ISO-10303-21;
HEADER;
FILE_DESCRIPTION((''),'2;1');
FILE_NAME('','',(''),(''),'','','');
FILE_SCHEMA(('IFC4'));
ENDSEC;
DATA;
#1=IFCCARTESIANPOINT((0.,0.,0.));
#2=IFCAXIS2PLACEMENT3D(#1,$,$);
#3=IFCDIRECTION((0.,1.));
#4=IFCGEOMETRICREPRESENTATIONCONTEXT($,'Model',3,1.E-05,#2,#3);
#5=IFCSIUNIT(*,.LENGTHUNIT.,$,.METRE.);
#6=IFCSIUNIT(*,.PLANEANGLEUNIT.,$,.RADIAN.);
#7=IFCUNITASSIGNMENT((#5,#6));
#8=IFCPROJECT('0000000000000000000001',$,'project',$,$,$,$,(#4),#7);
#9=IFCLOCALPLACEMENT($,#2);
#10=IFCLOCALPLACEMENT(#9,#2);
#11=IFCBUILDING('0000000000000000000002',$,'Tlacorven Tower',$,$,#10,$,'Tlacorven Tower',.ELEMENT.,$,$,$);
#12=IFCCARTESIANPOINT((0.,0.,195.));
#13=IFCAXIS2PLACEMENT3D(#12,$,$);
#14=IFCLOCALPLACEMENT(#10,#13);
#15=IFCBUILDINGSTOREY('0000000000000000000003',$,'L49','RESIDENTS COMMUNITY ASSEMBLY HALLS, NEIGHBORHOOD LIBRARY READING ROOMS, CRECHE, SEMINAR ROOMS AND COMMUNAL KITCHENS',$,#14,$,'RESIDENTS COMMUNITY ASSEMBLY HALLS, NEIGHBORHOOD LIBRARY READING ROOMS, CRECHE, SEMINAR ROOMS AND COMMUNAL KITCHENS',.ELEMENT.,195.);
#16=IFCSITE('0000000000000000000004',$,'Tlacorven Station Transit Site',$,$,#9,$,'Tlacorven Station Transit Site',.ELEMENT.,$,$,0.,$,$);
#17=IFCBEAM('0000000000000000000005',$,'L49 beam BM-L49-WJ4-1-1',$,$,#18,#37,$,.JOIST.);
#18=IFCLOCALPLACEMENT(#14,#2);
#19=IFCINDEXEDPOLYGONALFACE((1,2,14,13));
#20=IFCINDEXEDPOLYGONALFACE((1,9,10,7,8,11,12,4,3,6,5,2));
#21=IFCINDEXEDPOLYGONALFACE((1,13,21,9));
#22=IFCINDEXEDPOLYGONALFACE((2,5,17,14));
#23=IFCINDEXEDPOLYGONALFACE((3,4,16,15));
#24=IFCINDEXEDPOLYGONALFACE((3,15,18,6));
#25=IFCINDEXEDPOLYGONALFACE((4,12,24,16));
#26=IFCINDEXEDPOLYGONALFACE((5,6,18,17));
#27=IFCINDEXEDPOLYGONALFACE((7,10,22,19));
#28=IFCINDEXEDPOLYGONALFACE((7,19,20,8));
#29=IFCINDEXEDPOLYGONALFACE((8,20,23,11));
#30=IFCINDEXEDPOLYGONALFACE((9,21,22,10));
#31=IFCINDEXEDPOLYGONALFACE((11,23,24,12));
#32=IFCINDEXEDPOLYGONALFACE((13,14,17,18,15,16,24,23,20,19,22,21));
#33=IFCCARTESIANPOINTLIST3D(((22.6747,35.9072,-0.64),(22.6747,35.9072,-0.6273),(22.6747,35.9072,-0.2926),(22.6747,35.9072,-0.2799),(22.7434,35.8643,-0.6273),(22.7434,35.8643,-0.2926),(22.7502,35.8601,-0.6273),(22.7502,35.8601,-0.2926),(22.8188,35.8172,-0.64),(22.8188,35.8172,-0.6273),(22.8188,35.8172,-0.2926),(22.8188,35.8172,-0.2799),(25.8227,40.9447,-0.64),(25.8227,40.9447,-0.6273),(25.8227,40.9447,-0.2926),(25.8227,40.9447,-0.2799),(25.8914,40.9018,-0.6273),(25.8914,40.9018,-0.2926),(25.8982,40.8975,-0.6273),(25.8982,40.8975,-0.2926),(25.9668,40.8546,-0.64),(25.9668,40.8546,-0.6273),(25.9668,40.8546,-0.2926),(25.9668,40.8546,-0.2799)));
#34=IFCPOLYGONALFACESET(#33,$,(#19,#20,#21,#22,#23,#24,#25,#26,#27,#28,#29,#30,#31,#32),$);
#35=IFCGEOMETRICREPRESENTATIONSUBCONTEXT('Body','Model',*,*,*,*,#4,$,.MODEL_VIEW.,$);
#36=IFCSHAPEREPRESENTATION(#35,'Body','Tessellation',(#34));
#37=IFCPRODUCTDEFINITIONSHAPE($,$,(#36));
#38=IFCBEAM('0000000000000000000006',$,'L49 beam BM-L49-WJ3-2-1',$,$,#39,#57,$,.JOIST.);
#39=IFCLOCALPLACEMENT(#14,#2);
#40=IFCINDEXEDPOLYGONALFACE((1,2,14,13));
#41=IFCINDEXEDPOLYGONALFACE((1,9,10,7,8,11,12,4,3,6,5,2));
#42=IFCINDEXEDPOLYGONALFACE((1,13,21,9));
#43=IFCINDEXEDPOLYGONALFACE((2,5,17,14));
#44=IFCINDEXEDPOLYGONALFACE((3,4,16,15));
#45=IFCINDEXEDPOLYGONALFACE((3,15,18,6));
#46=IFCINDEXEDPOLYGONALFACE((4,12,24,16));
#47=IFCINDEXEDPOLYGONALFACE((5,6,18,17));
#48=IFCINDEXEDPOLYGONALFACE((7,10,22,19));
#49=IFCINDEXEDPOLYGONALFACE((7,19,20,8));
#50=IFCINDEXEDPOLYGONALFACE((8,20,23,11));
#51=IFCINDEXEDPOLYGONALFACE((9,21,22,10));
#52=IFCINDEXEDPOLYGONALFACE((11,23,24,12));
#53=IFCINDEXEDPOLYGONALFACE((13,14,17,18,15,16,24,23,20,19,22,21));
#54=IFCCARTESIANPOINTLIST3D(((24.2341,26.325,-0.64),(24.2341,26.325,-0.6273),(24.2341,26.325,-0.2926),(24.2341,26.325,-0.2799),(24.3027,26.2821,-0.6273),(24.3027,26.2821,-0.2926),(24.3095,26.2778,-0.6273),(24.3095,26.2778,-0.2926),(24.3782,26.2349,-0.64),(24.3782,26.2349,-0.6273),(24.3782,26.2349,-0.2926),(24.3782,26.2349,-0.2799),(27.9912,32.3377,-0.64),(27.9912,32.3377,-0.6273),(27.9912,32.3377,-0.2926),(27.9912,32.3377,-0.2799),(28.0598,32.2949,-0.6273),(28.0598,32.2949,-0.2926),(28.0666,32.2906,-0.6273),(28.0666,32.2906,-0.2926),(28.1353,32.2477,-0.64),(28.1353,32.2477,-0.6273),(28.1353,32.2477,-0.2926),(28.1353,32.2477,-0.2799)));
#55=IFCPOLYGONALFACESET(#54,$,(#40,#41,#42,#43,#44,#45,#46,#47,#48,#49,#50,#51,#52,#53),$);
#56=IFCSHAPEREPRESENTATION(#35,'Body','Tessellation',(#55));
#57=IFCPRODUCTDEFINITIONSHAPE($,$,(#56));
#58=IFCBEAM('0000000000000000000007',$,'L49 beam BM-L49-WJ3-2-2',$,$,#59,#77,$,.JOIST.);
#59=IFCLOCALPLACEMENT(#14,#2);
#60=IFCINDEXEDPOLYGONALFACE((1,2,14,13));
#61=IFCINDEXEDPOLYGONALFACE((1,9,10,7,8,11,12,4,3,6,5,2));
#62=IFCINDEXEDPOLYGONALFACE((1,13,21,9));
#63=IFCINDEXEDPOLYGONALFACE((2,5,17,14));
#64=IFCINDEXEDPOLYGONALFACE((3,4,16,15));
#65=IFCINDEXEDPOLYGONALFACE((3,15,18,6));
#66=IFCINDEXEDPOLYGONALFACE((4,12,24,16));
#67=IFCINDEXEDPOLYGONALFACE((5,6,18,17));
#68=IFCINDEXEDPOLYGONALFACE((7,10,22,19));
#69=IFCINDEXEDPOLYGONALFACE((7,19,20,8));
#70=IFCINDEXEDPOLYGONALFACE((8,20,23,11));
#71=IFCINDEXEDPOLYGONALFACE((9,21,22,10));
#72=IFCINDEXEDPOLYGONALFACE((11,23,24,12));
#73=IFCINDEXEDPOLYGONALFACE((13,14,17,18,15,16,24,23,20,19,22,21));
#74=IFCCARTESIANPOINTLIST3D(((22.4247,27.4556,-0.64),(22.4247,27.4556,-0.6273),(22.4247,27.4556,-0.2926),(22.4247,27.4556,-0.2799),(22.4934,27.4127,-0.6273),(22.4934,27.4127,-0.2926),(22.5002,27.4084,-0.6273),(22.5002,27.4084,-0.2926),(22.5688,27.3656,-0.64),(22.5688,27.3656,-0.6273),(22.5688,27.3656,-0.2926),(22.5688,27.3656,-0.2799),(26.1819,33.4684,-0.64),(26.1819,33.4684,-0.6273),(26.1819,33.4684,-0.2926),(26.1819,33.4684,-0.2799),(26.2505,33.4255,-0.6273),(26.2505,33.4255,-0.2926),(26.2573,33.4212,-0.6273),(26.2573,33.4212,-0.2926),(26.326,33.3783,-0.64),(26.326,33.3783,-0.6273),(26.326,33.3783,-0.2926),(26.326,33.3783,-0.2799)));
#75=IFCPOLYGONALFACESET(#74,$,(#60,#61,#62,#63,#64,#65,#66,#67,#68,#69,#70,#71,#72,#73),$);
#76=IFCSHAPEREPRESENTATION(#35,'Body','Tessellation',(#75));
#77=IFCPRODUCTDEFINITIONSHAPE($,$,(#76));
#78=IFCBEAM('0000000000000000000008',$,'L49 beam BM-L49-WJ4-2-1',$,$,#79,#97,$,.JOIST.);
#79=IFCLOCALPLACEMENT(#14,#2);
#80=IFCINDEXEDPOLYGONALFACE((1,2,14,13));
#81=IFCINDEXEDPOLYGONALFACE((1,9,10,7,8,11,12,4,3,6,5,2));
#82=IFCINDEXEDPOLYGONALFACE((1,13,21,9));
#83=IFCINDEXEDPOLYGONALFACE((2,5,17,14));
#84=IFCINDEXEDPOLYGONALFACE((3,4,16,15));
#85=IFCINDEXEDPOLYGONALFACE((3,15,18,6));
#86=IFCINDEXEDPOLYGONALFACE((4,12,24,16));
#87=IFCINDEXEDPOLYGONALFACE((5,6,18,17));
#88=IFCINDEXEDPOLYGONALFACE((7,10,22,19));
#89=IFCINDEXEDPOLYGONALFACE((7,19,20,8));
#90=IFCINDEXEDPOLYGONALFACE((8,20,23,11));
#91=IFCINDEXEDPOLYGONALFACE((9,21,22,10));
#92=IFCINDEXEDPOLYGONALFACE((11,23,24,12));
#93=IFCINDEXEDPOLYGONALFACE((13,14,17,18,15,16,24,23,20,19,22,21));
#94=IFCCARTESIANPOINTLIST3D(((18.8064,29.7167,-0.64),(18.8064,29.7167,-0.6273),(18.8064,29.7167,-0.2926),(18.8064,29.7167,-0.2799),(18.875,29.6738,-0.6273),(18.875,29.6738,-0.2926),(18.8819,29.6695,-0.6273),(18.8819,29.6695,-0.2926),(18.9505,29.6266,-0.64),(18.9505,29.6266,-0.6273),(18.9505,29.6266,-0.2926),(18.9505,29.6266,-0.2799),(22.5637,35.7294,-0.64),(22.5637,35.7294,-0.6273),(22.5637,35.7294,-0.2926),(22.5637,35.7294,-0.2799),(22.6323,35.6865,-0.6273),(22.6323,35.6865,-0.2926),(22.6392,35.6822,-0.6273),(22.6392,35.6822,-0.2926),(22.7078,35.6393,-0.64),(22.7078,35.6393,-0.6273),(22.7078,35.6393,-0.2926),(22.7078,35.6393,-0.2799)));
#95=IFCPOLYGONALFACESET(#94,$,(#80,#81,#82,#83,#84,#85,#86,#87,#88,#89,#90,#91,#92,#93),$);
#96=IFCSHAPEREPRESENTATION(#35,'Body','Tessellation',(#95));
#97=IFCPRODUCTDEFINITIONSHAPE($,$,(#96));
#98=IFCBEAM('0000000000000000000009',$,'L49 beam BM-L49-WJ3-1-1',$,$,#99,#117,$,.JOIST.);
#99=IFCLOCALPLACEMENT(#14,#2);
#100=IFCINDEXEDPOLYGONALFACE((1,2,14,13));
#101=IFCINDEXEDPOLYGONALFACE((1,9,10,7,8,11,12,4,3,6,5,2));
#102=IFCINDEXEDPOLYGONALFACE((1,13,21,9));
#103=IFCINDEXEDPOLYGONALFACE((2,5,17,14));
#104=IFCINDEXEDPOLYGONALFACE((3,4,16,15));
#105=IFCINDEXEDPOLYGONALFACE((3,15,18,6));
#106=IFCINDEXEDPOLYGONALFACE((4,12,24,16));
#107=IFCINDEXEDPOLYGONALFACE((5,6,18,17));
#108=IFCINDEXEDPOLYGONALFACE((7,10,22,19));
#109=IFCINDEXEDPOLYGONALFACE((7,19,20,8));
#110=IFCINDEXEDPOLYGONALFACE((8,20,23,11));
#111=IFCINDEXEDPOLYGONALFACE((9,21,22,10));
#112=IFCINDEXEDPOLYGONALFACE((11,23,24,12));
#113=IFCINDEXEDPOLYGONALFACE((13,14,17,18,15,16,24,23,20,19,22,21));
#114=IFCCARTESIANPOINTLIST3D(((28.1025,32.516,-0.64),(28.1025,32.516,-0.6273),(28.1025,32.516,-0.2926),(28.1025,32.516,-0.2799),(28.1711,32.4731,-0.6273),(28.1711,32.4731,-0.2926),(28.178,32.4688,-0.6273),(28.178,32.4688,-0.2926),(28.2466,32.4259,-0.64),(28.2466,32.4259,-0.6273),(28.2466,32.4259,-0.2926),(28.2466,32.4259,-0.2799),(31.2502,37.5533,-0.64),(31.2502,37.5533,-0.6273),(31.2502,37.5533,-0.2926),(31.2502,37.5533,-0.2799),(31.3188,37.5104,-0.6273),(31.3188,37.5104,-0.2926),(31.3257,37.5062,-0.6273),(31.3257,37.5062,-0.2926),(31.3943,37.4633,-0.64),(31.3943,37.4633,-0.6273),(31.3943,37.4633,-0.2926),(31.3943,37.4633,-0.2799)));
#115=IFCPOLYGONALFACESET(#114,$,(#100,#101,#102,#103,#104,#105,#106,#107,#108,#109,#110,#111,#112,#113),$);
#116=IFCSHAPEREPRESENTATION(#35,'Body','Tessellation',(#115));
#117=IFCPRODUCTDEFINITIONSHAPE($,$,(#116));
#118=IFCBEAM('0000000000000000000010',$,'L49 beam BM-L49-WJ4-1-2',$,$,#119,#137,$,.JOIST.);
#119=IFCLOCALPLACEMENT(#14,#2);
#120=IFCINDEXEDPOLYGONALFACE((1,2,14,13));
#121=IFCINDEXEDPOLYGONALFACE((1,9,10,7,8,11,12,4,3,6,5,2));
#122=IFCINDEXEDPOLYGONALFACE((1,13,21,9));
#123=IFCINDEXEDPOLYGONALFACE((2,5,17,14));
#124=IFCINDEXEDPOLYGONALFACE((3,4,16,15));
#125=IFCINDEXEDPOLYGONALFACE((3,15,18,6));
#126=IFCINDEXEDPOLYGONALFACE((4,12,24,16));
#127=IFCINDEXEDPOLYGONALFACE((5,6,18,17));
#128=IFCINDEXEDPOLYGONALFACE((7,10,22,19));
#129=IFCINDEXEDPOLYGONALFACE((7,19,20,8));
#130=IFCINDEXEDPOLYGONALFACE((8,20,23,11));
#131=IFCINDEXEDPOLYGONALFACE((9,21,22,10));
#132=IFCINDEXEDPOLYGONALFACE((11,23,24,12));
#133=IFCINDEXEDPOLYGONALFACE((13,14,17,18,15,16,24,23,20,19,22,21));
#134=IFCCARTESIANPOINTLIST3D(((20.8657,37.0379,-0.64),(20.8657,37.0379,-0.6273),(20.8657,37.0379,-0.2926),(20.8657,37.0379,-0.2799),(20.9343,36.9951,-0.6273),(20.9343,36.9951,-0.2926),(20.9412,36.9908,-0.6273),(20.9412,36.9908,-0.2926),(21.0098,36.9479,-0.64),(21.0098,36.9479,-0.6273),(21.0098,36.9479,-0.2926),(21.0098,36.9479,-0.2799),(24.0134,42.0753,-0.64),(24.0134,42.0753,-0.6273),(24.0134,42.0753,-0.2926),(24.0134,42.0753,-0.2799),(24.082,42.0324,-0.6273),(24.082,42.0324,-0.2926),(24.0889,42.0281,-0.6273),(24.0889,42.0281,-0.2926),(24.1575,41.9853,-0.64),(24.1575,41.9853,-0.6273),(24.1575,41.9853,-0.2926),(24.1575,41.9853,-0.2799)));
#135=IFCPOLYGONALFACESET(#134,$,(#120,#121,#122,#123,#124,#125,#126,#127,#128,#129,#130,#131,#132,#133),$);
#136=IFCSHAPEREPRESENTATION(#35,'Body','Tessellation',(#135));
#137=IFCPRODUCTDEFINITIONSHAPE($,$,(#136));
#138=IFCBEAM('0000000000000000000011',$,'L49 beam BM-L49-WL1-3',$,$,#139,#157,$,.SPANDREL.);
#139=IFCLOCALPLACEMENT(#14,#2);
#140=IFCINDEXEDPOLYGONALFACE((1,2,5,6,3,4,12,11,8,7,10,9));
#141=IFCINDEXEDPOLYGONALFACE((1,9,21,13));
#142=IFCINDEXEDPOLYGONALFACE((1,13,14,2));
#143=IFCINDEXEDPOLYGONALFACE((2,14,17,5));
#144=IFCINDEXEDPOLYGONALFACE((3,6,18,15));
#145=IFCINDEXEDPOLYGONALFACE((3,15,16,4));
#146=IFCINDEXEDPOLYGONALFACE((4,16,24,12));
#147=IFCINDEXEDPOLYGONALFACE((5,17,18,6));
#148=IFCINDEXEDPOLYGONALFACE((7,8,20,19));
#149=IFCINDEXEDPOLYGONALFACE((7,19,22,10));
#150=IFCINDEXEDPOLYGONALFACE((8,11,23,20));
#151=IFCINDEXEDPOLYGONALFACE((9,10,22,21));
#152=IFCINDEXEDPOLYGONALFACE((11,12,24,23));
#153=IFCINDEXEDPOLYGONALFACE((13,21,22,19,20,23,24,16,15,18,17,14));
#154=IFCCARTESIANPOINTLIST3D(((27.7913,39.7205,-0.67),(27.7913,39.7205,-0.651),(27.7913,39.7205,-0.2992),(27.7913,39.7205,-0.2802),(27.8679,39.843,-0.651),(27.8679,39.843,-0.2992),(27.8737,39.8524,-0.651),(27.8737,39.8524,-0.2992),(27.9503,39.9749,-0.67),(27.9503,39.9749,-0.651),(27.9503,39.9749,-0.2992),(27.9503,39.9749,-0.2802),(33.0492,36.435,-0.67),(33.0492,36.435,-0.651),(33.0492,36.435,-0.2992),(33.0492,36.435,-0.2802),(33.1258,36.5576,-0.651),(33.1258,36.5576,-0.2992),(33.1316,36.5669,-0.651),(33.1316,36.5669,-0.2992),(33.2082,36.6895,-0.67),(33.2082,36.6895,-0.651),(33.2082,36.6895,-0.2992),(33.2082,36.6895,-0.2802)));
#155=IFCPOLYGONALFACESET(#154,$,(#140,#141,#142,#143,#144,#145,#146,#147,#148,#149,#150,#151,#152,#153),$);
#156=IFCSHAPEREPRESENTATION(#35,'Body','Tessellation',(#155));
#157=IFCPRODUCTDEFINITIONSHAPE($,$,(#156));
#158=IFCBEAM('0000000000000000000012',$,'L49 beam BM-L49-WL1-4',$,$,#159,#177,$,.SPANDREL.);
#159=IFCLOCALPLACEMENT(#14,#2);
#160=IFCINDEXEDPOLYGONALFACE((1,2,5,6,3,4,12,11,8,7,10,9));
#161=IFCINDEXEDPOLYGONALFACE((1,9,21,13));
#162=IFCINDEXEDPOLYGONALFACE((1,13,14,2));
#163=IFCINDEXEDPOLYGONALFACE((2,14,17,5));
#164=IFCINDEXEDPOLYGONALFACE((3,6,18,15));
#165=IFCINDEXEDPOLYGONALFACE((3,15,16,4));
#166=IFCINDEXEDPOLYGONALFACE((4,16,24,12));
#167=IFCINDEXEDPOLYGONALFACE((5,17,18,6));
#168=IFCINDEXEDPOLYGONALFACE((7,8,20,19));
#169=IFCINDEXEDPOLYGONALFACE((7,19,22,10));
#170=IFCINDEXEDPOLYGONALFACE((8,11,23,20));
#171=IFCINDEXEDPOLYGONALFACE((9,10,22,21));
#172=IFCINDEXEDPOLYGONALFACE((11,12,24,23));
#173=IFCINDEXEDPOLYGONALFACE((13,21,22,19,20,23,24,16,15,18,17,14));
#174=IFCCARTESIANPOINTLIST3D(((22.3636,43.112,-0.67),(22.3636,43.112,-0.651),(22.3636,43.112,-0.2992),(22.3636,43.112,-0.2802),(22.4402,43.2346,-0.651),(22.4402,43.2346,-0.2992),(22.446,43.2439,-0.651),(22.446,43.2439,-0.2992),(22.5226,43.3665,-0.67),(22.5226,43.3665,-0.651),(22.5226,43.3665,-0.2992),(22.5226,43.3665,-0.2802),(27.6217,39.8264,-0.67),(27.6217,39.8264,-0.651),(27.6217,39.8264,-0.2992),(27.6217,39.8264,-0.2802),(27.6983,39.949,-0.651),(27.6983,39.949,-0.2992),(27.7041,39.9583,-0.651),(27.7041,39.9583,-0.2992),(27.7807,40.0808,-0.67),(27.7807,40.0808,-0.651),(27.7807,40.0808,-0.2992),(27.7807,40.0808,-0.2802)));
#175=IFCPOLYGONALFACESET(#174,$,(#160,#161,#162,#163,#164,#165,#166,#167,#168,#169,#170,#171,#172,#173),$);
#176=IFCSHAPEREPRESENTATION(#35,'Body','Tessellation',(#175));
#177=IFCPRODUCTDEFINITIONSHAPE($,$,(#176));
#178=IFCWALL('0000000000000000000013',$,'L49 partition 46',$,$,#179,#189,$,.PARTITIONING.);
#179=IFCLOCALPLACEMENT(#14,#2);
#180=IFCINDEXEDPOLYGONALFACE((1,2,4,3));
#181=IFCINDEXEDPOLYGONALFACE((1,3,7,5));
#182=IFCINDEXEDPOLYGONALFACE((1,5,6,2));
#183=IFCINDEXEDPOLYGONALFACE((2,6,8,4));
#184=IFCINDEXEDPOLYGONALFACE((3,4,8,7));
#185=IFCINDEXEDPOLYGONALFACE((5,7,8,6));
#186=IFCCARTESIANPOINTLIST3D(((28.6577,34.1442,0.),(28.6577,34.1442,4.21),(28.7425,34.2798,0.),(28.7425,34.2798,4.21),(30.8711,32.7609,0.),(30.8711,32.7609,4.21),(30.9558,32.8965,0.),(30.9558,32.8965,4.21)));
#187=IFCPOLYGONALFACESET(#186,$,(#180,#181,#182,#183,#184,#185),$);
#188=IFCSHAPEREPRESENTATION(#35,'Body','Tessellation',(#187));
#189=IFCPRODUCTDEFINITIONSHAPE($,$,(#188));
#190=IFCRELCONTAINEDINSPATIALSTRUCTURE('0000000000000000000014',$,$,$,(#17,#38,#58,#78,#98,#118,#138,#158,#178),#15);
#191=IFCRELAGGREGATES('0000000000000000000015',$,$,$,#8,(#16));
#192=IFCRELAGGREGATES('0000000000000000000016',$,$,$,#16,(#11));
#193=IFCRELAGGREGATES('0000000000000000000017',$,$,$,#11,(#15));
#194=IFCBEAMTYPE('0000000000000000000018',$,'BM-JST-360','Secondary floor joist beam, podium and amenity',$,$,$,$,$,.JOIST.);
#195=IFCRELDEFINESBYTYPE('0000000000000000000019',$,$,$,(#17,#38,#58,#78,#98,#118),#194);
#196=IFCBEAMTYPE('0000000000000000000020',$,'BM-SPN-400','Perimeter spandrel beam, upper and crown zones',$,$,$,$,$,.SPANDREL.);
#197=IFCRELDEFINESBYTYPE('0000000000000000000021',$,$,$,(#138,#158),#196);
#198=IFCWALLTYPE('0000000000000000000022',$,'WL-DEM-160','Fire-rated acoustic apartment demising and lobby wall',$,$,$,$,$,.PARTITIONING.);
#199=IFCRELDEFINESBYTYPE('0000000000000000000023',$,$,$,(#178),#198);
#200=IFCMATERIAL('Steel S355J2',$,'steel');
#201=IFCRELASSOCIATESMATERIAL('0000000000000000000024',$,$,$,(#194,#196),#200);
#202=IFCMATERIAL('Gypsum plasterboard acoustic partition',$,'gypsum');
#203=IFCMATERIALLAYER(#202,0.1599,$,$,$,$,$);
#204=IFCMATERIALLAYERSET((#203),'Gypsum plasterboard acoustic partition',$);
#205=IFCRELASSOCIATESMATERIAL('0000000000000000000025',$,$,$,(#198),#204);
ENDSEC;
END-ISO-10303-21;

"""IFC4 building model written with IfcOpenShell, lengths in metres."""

from ifc_helpers import new_model, si_unit, direction, frame, frame_2d, origin, origin_2d, place, context, subcontext, project, spatial, rectangle, i_section, extrude, source, transform, mapped, material, layer, layer_set, material_profile, profile_set, type_object, element, save


model = new_model("IFC4")

# Units and contexts
model_context = context("Model", 3, precision=1e-05, world=origin(), true_north=direction((0.0, 1.0)))
body_context = subcontext(model_context, "Body", "Model", "MODEL_VIEW")
ifc_project = project(units=[si_unit("LENGTHUNIT", "METRE"), si_unit("PLANEANGLEUNIT", "RADIAN")], contexts=[model_context])

# Site, building, storey
site_placement = place(None, origin())
site = spatial("IfcSite", under=ifc_project, at=site_placement, Name="Tlacorven Station Transit Site", LongName="Tlacorven Station Transit Site", CompositionType="ELEMENT", RefElevation=0.0)
building_placement = place(site_placement, origin())
building = spatial("IfcBuilding", under=site, at=building_placement, Name="Tlacorven Tower", LongName="Tlacorven Tower", CompositionType="ELEMENT")
storey_placement = place(building_placement, frame((0.0, 0.0, 195.0)))
storey = spatial("IfcBuildingStorey", under=building, at=storey_placement, Name="L49", Description="RESIDENTS COMMUNITY ASSEMBLY HALLS, NEIGHBORHOOD LIBRARY READING ROOMS, CRECHE, SEMINAR ROOMS AND COMMUNAL KITCHENS", LongName="RESIDENTS COMMUNITY ASSEMBLY HALLS, NEIGHBORHOOD LIBRARY READING ROOMS, CRECHE, SEMINAR ROOMS AND COMMUNAL KITCHENS", CompositionType="ELEMENT", Elevation=195.0)

# Beams
ifc_material_1 = material(Name="Steel S355J2", Category="steel")
ifc_material_profile_1 = material_profile(ifc_material_1, i_section(OverallWidth=0.1699, OverallDepth=0.3601, WebThickness=0.0081, FlangeThickness=0.0127, at=origin_2d()), Name="IPE 360")
ifc_profile_set_1 = profile_set([ifc_material_profile_1], Name="Steel S355J2")
beam_type_1 = type_object("IfcBeamType", Name="BM-JST-360", Description="Secondary floor joist beam, podium and amenity", PredefinedType="JOIST", material=ifc_profile_set_1)
shared_shape_1 = source(origin(), body_context, "Body", "SweptSolid", [
    extrude(i_section(OverallWidth=0.1699, OverallDepth=0.3601, WebThickness=0.0081, FlangeThickness=0.0127, at=origin_2d()), origin(), (0.0, 0.0, 1.0), 5.9402),
])
for number, where, z_axis, x_axis, name in (
    (1, (25.8948, 40.8997, -0.46), (-0.529951, -0.848028, 0.0), (0.848028, -0.529951, 0.0), "L49 beam BM-L49-WJ4-1-1"),
):
    element("IfcBeam", number, at=place(storey_placement, frame(where, z_axis=z_axis, x_axis=x_axis)), inside=storey, type_object=beam_type_1, Name=name, PredefinedType="JOIST", context=body_context, shape_type="MappedRepresentation", body=[
        mapped(shared_shape_1, transform((0.0, 0.0, 0.0), scale=1.0)),
    ])
shared_shape_2 = source(origin(), body_context, "Body", "SweptSolid", [
    extrude(i_section(OverallWidth=0.1699, OverallDepth=0.3601, WebThickness=0.0081, FlangeThickness=0.0127, at=origin_2d()), origin(), (0.0, 0.0, 1.0), 7.0901),
])
for number, where, z_axis, x_axis, name in (
    (2, (28.0632, 32.2927, -0.46), (-0.529912, -0.848052, 0.0), (0.848052, -0.529912, 0.0), "L49 beam BM-L49-WJ3-2-1"),
    (3, (26.2539, 33.4233, -0.46), (-0.529912, -0.848052, 0.0), (0.848052, -0.529912, 0.0), "L49 beam BM-L49-WJ3-2-2"),
    (4, (22.6357, 35.6843, -0.46), (-0.529937, -0.848037, 0.0), (0.848037, -0.529937, 0.0), "L49 beam BM-L49-WJ4-2-1"),
):
    element("IfcBeam", number, at=place(storey_placement, frame(where, z_axis=z_axis, x_axis=x_axis)), inside=storey, type_object=beam_type_1, Name=name, PredefinedType="JOIST", context=body_context, shape_type="MappedRepresentation", body=[
        mapped(shared_shape_2, transform((0.0, 0.0, 0.0), scale=1.0)),
    ])
shared_shape_3 = source(origin(), body_context, "Body", "SweptSolid", [
    extrude(i_section(OverallWidth=0.1699, OverallDepth=0.3601, WebThickness=0.0081, FlangeThickness=0.0127, at=origin_2d()), origin(), (0.0, 0.0, 1.0), 5.9399),
])
for number, where, z_axis, x_axis, name in (
    (5, (31.3223, 37.5083, -0.46), (-0.529921, -0.848047, 0.0), (0.848047, -0.529921, 0.0), "L49 beam BM-L49-WJ3-1-1"),
    (6, (24.0854, 42.0303, -0.46), (-0.529921, -0.848047, 0.0), (0.848047, -0.529921, 0.0), "L49 beam BM-L49-WJ4-1-2"),
):
    element("IfcBeam", number, at=place(storey_placement, frame(where, z_axis=z_axis, x_axis=x_axis)), inside=storey, type_object=beam_type_1, Name=name, PredefinedType="JOIST", context=body_context, shape_type="MappedRepresentation", body=[
        mapped(shared_shape_3, transform((0.0, 0.0, 0.0), scale=1.0)),
    ])
ifc_material_profile_2 = material_profile(ifc_material_1, i_section(OverallWidth=0.3, OverallDepth=0.3899, WebThickness=0.011, FlangeThickness=0.019, at=origin_2d()), Name="HEA 400")
ifc_profile_set_2 = profile_set([ifc_material_profile_2], Name="Steel S355J2")
beam_type_2 = type_object("IfcBeamType", Name="BM-SPN-400", Description="Perimeter spandrel beam, upper and crown zones", PredefinedType="SPANDREL", material=ifc_profile_set_2)
shared_shape_4 = source(origin(), body_context, "Body", "SweptSolid", [
    extrude(i_section(OverallWidth=0.3, OverallDepth=0.3899, WebThickness=0.011, FlangeThickness=0.019, at=origin_2d()), origin(), (0.0, 0.0, 1.0), 6.2),
])
beam_1_placement = place(storey_placement, frame((33.1287, 36.5623, -0.4751), z_axis=(-0.848051, 0.529914, 0.0), x_axis=(-0.529914, -0.848051, 0.0)))
element("IfcBeam", 7, at=beam_1_placement, inside=storey, type_object=beam_type_2, Name="L49 beam BM-L49-WL1-3", PredefinedType="SPANDREL", context=body_context, shape_type="MappedRepresentation", body=[
    mapped(shared_shape_4, transform((0.0, 0.0, 0.0), scale=1.0)),
])
shared_shape_5 = source(origin(), body_context, "Body", "SweptSolid", [
    extrude(i_section(OverallWidth=0.3, OverallDepth=0.3899, WebThickness=0.011, FlangeThickness=0.019, at=origin_2d()), origin(), (0.0, 0.0, 1.0), 6.2002),
])
beam_2_placement = place(storey_placement, frame((27.7012, 39.9536, -0.4751), z_axis=(-0.848045, 0.529925, 0.0), x_axis=(-0.529925, -0.848045, 0.0)))
element("IfcBeam", 8, at=beam_2_placement, inside=storey, type_object=beam_type_2, Name="L49 beam BM-L49-WL1-4", PredefinedType="SPANDREL", context=body_context, shape_type="MappedRepresentation", body=[
    mapped(shared_shape_5, transform((0.0, 0.0, 0.0), scale=1.0)),
])

# Wall
ifc_material_2 = material(Name="Gypsum plasterboard acoustic partition", Category="gypsum")
ifc_layer = layer(ifc_material_2, 0.1599)
ifc_layer_set = layer_set([ifc_layer], Name="Gypsum plasterboard acoustic partition")
wall_type = type_object("IfcWallType", Name="WL-DEM-160", Description="Fire-rated acoustic apartment demising and lobby wall", PredefinedType="PARTITIONING", material=ifc_layer_set)
wall_1_placement = place(storey_placement, frame((30.9136, 32.8286, 0.0), z_axis=(0.0, 0.0, 1.0), x_axis=(-0.848009, 0.529982, 0.0)))
element("IfcWall", 9, at=wall_1_placement, inside=storey, type_object=wall_type, Name="L49 partition 46", PredefinedType="PARTITIONING", context=body_context, shape_type="SweptSolid", body=[
    extrude(rectangle(XDim=2.6101, YDim=0.1599, at=frame_2d((1.3052, 0.0))), origin(), (0.0, 0.0, 1.0), 4.21),
])

save(model, "model.ifc")
